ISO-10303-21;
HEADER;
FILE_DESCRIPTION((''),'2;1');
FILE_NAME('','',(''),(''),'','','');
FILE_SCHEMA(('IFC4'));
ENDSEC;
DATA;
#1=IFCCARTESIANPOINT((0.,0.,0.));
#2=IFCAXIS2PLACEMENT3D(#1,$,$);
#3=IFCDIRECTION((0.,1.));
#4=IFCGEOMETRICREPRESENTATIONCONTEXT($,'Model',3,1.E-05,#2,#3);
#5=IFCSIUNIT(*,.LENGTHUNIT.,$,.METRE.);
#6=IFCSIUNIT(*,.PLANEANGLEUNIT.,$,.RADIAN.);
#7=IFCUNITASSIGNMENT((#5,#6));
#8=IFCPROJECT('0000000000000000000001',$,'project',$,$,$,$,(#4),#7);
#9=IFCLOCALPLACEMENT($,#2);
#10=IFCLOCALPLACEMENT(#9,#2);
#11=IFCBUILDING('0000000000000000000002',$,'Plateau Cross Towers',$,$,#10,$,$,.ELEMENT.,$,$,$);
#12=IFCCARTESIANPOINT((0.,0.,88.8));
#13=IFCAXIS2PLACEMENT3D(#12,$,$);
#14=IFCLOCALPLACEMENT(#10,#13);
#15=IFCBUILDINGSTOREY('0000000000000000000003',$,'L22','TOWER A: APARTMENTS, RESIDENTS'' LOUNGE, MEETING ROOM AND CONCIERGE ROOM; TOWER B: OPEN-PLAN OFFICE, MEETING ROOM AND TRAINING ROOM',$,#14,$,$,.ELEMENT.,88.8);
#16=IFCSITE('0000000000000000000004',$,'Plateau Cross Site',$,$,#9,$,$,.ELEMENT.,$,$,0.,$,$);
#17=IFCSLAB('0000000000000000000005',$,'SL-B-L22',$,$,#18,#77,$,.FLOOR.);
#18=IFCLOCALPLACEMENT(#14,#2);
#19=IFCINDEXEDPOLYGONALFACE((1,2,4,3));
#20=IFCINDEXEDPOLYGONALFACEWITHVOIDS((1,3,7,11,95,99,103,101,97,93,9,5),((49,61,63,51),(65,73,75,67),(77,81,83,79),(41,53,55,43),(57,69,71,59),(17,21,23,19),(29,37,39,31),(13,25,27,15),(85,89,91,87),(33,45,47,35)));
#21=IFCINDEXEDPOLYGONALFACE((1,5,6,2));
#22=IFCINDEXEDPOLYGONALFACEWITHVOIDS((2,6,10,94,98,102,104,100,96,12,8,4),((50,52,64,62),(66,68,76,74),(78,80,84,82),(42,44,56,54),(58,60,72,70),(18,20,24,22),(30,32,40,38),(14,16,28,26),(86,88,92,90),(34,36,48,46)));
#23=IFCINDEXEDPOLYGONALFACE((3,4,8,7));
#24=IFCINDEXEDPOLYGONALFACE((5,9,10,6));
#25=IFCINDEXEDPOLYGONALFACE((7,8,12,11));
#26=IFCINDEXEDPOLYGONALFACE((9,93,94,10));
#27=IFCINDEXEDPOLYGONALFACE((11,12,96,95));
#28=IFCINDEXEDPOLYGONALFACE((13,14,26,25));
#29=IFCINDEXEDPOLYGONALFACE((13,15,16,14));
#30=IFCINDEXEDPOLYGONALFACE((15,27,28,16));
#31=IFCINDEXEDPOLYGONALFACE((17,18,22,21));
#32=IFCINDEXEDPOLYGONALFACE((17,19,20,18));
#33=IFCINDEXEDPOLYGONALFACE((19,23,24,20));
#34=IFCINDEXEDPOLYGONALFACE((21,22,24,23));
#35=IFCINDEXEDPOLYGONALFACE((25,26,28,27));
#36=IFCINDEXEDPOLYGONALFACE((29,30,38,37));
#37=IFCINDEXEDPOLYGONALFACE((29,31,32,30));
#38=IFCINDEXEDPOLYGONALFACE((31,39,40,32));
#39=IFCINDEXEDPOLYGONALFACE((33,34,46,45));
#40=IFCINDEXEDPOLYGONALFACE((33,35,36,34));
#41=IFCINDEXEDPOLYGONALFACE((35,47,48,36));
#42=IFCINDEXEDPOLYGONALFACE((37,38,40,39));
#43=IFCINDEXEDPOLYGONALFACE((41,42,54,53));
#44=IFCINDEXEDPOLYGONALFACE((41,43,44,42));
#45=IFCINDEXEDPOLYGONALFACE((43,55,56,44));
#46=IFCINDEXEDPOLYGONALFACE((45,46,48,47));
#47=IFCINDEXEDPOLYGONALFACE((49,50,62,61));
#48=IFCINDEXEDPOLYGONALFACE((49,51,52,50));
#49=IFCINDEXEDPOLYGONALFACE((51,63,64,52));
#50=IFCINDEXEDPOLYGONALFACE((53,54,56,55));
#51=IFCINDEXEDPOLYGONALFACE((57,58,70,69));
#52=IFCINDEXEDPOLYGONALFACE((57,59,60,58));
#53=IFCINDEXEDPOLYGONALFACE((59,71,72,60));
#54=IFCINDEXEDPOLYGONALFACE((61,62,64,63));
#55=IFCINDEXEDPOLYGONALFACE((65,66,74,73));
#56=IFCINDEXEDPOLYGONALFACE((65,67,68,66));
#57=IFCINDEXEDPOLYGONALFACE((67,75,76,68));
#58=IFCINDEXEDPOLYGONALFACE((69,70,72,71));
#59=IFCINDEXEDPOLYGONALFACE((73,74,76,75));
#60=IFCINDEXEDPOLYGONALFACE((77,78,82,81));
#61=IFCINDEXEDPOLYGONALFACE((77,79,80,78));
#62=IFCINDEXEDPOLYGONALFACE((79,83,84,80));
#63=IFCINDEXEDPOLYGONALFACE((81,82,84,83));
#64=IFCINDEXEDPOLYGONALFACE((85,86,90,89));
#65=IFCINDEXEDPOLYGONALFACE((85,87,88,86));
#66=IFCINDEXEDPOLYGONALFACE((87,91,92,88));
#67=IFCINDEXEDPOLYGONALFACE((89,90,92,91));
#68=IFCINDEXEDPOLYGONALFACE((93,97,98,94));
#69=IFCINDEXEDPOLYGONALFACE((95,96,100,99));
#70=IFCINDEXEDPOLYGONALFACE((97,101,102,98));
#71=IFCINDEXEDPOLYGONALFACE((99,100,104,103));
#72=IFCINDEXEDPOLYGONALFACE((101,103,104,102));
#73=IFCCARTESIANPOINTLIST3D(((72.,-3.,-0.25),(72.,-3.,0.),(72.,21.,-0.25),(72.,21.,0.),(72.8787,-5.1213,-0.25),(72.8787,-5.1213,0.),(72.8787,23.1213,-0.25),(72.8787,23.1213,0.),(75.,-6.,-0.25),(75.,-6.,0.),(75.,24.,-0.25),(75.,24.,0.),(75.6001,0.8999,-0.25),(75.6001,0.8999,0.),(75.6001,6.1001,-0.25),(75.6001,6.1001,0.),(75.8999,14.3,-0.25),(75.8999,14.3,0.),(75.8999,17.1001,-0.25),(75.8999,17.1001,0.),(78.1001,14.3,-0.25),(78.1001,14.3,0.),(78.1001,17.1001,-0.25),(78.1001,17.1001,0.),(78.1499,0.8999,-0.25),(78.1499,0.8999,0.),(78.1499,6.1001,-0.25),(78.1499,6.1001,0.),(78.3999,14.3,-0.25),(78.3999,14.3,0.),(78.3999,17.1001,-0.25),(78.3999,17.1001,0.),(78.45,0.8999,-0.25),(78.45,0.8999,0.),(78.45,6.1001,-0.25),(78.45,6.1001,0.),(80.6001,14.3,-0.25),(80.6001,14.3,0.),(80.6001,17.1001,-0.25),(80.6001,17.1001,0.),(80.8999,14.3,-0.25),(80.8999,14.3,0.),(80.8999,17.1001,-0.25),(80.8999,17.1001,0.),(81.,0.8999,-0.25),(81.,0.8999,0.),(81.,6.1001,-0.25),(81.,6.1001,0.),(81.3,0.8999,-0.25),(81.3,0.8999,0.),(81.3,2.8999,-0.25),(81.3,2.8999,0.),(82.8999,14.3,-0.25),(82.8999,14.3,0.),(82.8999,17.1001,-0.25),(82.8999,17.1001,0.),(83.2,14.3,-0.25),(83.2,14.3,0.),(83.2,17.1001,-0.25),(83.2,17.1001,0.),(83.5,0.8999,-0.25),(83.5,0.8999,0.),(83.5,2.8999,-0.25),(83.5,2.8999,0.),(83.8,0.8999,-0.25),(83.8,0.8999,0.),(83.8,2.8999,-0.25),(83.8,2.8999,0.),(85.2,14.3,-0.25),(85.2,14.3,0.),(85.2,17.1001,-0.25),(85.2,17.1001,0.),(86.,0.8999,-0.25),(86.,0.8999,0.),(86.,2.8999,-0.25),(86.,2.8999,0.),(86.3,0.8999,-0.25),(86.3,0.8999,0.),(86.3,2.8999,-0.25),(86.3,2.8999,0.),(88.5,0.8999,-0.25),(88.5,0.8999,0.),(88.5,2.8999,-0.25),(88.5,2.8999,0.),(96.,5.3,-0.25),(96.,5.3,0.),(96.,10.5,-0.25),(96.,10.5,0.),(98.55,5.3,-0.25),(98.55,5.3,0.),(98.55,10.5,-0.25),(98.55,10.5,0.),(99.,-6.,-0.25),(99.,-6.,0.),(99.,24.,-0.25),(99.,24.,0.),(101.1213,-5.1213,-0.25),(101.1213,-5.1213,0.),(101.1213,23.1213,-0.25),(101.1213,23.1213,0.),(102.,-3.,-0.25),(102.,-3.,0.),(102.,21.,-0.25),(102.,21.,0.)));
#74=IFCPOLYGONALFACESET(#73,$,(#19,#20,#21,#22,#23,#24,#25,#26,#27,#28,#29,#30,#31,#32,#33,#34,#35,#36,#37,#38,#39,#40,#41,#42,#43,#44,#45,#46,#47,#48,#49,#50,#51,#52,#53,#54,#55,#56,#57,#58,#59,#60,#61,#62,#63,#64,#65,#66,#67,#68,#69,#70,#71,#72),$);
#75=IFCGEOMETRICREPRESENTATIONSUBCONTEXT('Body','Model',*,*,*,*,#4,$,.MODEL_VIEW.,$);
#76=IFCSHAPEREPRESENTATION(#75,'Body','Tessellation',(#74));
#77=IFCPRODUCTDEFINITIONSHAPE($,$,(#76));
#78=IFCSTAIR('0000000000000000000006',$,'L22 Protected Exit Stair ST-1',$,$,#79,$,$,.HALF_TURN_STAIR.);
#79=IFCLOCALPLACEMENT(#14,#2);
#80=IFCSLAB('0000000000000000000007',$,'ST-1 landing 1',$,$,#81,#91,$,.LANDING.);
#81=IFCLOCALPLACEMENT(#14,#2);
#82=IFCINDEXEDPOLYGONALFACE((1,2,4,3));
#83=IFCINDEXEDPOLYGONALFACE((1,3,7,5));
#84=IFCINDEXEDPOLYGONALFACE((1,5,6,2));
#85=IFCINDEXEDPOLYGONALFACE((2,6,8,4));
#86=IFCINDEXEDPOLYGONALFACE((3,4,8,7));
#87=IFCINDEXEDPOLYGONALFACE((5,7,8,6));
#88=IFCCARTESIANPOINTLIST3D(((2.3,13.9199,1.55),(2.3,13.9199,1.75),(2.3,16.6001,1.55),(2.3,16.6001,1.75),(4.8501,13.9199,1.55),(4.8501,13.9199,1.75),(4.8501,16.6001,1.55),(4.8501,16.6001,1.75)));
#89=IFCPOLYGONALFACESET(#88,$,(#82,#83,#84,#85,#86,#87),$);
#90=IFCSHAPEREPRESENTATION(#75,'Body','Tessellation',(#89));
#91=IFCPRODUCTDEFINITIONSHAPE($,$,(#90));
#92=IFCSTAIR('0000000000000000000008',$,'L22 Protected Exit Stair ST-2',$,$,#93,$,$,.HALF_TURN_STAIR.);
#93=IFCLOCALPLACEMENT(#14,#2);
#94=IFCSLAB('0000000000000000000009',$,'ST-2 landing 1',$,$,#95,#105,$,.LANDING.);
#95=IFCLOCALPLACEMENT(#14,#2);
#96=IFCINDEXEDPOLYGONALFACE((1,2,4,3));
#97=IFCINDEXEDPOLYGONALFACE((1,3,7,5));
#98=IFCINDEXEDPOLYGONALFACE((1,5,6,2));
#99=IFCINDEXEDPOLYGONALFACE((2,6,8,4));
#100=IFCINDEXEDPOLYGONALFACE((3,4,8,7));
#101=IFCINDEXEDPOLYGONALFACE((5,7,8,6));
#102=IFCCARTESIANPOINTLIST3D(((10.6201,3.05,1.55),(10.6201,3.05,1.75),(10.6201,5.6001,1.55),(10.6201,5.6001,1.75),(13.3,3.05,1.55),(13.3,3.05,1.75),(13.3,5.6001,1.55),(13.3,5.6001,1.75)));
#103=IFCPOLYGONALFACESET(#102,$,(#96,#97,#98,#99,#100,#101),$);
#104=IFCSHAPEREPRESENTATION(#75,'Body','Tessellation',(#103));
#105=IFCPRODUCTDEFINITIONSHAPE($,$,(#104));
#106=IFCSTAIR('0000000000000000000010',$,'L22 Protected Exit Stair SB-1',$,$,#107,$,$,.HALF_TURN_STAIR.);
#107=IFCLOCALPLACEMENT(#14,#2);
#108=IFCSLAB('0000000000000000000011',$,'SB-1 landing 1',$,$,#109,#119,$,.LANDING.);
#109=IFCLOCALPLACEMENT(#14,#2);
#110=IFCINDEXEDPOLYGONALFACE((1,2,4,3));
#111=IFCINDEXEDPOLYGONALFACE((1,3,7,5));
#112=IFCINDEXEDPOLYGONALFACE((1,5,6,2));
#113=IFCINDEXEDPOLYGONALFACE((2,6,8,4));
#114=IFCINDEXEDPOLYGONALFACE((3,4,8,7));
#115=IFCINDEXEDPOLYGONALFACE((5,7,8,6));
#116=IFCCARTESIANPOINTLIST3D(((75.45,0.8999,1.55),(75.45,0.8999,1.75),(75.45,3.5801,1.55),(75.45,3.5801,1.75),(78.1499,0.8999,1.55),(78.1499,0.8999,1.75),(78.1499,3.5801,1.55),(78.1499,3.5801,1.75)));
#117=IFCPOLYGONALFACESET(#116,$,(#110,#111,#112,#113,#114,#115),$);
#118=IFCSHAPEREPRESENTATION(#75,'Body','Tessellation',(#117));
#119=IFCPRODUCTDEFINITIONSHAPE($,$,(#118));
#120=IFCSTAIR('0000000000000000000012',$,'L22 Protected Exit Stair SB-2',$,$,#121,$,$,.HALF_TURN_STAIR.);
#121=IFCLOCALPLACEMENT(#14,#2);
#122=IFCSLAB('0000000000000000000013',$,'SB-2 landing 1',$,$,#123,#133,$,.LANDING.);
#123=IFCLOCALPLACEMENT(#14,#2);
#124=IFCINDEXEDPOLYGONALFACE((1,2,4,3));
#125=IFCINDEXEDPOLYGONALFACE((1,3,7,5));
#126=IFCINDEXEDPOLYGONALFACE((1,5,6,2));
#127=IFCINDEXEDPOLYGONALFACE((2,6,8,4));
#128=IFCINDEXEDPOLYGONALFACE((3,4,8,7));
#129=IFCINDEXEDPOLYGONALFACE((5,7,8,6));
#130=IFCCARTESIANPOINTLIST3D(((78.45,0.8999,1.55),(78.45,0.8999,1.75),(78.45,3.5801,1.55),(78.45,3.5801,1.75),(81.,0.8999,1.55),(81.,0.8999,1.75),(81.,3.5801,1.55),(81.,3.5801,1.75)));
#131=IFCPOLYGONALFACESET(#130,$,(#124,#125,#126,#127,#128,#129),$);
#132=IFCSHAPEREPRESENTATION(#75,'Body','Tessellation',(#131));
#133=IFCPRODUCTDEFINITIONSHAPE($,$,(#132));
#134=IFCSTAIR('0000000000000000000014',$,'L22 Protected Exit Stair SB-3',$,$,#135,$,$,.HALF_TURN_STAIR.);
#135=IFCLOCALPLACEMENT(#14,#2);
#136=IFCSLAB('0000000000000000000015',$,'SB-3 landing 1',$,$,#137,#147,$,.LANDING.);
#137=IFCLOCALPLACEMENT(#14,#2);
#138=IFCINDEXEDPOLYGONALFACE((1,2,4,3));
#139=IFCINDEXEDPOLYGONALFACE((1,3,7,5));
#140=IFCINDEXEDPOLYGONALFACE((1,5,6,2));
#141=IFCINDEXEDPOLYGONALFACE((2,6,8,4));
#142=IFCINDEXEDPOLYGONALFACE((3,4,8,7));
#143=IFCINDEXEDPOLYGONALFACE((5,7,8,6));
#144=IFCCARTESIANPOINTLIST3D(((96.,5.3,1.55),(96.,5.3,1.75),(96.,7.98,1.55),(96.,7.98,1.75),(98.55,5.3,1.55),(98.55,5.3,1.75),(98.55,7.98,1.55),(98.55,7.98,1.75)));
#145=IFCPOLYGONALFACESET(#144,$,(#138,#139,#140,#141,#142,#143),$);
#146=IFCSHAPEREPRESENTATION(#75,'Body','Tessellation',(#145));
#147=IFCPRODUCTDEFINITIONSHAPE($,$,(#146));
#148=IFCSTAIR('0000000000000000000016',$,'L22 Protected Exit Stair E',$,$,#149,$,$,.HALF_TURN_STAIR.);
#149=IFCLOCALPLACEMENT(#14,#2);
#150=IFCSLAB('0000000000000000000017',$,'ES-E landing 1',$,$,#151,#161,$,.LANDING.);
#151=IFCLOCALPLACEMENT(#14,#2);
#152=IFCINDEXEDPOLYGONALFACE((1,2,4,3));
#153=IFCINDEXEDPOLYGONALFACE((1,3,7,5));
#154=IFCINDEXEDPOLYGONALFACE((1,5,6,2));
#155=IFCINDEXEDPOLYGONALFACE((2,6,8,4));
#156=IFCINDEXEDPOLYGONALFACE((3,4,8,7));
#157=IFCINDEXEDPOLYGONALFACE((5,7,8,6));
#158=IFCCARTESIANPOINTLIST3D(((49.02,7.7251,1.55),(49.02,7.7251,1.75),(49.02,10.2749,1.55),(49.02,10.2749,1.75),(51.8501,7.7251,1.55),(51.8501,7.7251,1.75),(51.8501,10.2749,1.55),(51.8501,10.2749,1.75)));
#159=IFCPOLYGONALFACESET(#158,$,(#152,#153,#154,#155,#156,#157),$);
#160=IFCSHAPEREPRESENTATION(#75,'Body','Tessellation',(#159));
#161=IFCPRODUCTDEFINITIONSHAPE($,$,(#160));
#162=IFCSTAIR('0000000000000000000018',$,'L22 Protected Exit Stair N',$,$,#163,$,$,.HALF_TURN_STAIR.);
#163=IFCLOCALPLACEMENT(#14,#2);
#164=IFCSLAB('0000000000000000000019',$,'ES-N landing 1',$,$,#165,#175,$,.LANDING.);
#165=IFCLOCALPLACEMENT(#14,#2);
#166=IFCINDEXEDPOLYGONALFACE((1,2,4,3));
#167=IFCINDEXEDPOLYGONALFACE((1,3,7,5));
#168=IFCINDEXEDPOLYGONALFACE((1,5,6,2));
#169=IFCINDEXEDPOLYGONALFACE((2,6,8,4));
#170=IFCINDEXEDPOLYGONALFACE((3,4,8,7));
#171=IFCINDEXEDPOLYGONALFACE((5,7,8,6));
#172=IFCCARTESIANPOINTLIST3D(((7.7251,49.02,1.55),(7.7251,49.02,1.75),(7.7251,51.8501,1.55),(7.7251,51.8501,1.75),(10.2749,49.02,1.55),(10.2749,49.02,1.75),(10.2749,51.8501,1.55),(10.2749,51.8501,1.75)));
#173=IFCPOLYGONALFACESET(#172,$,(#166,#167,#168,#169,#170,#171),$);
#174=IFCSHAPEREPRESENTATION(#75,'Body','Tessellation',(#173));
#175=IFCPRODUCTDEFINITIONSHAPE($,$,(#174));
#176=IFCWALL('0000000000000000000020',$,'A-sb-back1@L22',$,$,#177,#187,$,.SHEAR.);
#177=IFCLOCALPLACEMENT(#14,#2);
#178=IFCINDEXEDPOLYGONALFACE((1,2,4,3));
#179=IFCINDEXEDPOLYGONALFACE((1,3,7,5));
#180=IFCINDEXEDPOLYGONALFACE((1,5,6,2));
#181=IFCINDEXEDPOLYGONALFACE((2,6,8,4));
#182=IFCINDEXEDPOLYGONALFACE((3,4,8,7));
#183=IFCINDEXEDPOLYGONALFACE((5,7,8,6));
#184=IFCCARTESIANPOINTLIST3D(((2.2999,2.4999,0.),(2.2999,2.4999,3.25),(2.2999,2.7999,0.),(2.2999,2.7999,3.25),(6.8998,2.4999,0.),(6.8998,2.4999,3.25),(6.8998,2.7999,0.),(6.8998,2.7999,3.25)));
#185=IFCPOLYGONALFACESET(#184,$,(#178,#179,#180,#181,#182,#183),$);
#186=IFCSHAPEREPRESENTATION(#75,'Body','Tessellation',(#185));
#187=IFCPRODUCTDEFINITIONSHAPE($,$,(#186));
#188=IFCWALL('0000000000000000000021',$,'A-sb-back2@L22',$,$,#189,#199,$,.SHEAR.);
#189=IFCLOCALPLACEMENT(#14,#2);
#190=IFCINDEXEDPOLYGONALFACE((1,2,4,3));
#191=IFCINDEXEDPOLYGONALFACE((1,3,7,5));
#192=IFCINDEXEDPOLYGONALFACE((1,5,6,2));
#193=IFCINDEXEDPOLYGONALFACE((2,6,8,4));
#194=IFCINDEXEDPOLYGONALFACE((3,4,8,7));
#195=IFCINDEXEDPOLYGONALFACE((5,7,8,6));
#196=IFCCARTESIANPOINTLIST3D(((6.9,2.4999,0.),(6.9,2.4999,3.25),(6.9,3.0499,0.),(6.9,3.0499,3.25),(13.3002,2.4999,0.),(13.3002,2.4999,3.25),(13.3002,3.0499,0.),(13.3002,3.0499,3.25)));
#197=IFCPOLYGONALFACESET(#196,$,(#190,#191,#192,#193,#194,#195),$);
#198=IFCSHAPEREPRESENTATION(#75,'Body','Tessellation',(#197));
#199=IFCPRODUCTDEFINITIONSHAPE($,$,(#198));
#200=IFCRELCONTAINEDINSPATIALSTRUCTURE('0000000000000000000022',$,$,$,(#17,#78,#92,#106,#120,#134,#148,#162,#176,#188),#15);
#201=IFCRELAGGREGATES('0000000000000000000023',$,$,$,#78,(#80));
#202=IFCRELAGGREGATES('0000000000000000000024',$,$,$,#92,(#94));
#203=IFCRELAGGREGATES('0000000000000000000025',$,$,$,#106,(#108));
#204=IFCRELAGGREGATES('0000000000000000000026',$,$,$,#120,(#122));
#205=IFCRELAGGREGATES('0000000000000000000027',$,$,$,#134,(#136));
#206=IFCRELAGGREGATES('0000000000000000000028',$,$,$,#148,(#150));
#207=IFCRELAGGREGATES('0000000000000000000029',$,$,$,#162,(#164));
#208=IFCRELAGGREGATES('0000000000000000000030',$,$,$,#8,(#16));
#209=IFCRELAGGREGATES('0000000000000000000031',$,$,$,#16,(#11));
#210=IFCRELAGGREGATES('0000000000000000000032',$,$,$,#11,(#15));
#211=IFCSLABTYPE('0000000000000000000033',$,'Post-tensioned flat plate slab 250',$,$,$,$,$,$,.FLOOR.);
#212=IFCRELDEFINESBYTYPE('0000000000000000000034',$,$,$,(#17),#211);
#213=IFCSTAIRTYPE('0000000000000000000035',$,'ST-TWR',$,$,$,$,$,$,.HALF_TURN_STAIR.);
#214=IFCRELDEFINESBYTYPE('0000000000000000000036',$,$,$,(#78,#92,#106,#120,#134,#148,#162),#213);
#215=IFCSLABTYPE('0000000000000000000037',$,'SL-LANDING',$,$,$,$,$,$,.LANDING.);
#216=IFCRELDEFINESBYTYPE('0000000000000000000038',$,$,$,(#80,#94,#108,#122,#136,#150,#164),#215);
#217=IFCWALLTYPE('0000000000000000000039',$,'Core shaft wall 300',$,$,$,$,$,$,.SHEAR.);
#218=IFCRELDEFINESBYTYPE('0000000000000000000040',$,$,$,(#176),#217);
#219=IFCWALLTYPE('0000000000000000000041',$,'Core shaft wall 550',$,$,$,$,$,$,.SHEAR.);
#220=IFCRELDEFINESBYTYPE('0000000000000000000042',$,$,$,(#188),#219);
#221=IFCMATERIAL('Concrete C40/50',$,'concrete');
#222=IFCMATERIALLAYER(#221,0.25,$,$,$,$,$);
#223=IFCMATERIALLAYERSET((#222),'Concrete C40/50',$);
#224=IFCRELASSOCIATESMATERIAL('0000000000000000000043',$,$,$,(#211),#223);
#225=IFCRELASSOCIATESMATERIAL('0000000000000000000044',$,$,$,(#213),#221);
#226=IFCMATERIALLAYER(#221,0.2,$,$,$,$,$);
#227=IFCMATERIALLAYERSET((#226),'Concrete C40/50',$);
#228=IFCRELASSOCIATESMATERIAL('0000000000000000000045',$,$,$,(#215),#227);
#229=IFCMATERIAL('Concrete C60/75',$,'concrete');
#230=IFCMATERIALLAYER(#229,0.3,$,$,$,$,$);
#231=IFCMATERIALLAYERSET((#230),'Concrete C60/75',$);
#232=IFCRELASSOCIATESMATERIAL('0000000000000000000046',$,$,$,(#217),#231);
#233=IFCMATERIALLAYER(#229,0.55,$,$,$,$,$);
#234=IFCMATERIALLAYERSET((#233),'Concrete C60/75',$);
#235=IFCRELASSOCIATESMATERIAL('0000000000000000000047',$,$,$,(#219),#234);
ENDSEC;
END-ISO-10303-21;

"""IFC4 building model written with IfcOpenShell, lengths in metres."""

from ifc_helpers import new_model, si_unit, direction, frame, frame_2d, origin, place, context, subcontext, project, spatial, polyline, rectangle, outline, extrude, material, layer, layer_set, type_object, element, aggregate, save


model = new_model("IFC4")

# Units and contexts
model_context = context("Model", 3, precision=1e-05, world=origin(), true_north=direction((0.0, 1.0)))
body_context = subcontext(model_context, "Body", "Model", "MODEL_VIEW")
ifc_project = project(units=[si_unit("LENGTHUNIT", "METRE"), si_unit("PLANEANGLEUNIT", "RADIAN")], contexts=[model_context])

# Site, building, storey
site_placement = place(None, origin())
site = spatial("IfcSite", under=ifc_project, at=site_placement, Name="Plateau Cross Site", CompositionType="ELEMENT", RefElevation=0.0)
building_placement = place(site_placement, origin())
building = spatial("IfcBuilding", under=site, at=building_placement, Name="Plateau Cross Towers", CompositionType="ELEMENT")
storey_placement = place(building_placement, frame((0.0, 0.0, 88.8)))
storey = spatial("IfcBuildingStorey", under=building, at=storey_placement, Name="L22", Description="TOWER A: APARTMENTS, RESIDENTS' LOUNGE, MEETING ROOM AND CONCIERGE ROOM; TOWER B: OPEN-PLAN OFFICE, MEETING ROOM AND TRAINING ROOM", CompositionType="ELEMENT", Elevation=88.8)

# Shared definitions
ifc_material_1 = material(Name="Concrete C60/75", Category="concrete")

# Shared definitions
ifc_material_2 = material(Name="Concrete C40/50", Category="concrete")

# Slab
ifc_layer_1 = layer(ifc_material_2, 0.25)
ifc_layer_set_1 = layer_set([ifc_layer_1], Name="Concrete C40/50")
slab_type_1 = type_object("IfcSlabType", Name="Post-tensioned flat plate slab 250", PredefinedType="FLOOR", material=ifc_layer_set_1)
slab_1_placement = place(storey_placement, frame((0.0, 0.0, -0.25)))
element("IfcSlab", 1, at=slab_1_placement, inside=storey, type_object=slab_type_1, Name="SL-B-L22", PredefinedType="FLOOR", context=body_context, shape_type="SweptSolid", body=[
    extrude(outline(polyline([(72.8787, -5.1213), (72.0, -3.0), (72.0, 21.0), (72.8787, 23.1213), (75.0, 24.0), (99.0, 24.0), (101.1213, 23.1213), (102.0, 21.0), (102.0, -3.0), (101.1213, -5.1213), (99.0, -6.0), (75.0, -6.0), (72.8787, -5.1213)]), holes=[polyline([(75.6001, 0.8999), (78.1499, 0.8999), (78.1499, 6.1001), (75.6001, 6.1001), (75.6001, 0.8999)]), polyline([(78.1001, 14.3), (78.1001, 17.1001), (75.8999, 17.1001), (75.8999, 14.3), (78.1001, 14.3)]), polyline([(83.5, 0.8999), (83.5, 2.8999), (81.3, 2.8999), (81.3, 0.8999), (83.5, 0.8999)]), polyline([(86.0, 0.8999), (86.0, 2.8999), (83.8, 2.8999), (83.8, 0.8999), (86.0, 0.8999)]), polyline([(88.5, 0.8999), (88.5, 2.8999), (86.3, 2.8999), (86.3, 0.8999), (88.5, 0.8999)]), polyline([(78.45, 0.8999), (81.0, 0.8999), (81.0, 6.1001), (78.45, 6.1001), (78.45, 0.8999)]), polyline([(96.0, 5.3), (98.55, 5.3), (98.55, 10.5), (96.0, 10.5), (96.0, 5.3)]), polyline([(80.6001, 14.3), (80.6001, 17.1001), (78.3999, 17.1001), (78.3999, 14.3), (80.6001, 14.3)]), polyline([(80.8999, 14.3), (82.8999, 14.3), (82.8999, 17.1001), (80.8999, 17.1001), (80.8999, 14.3)]), polyline([(83.2, 14.3), (85.2, 14.3), (85.2, 17.1001), (83.2, 17.1001), (83.2, 14.3)])]), origin(), (0.0, 0.0, 1.0), 0.25),
])

# Stairs, slabs
stair_type = type_object("IfcStairType", Name="ST-TWR", PredefinedType="HALF_TURN_STAIR", material=ifc_material_2)
stair_1_placement = place(storey_placement, origin())
stair_1 = element("IfcStair", 2, at=stair_1_placement, inside=storey, type_object=stair_type, Name="L22 Protected Exit Stair ST-1", PredefinedType="HALF_TURN_STAIR")
ifc_layer_2 = layer(ifc_material_2, 0.2)
ifc_layer_set_2 = layer_set([ifc_layer_2], Name="Concrete C40/50")
slab_type_2 = type_object("IfcSlabType", Name="SL-LANDING", PredefinedType="LANDING", material=ifc_layer_set_2)
slab_2_placement = place(storey_placement, frame((0.0, 0.0, 1.55)))
slab_2 = element("IfcSlab", 3, at=slab_2_placement, type_object=slab_type_2, Name="ST-1 landing 1", PredefinedType="LANDING", context=body_context, shape_type="SweptSolid", body=[
    extrude(outline(polyline([(4.8501, 13.9199), (4.8501, 16.6001), (2.3, 16.6001), (2.3, 13.9199), (4.8501, 13.9199)])), origin(), (0.0, 0.0, 1.0), 0.2),
])
aggregate(stair_1, [slab_2])
stair_2_placement = place(storey_placement, origin())
stair_2 = element("IfcStair", 4, at=stair_2_placement, inside=storey, type_object=stair_type, Name="L22 Protected Exit Stair ST-2", PredefinedType="HALF_TURN_STAIR")
slab_3_placement = place(storey_placement, frame((0.0, 0.0, 1.55)))
slab_3 = element("IfcSlab", 5, at=slab_3_placement, type_object=slab_type_2, Name="ST-2 landing 1", PredefinedType="LANDING", context=body_context, shape_type="SweptSolid", body=[
    extrude(outline(polyline([(10.6201, 3.05), (13.3, 3.05), (13.3, 5.6001), (10.6201, 5.6001), (10.6201, 3.05)])), origin(), (0.0, 0.0, 1.0), 0.2),
])
aggregate(stair_2, [slab_3])
stair_3_placement = place(storey_placement, origin())
stair_3 = element("IfcStair", 6, at=stair_3_placement, inside=storey, type_object=stair_type, Name="L22 Protected Exit Stair SB-1", PredefinedType="HALF_TURN_STAIR")
slab_4_placement = place(storey_placement, frame((0.0, 0.0, 1.55)))
slab_4 = element("IfcSlab", 7, at=slab_4_placement, type_object=slab_type_2, Name="SB-1 landing 1", PredefinedType="LANDING", context=body_context, shape_type="SweptSolid", body=[
    extrude(outline(polyline([(75.45, 3.5801), (75.45, 0.8999), (78.1499, 0.8999), (78.1499, 3.5801), (75.45, 3.5801)])), origin(), (0.0, 0.0, 1.0), 0.2),
])
aggregate(stair_3, [slab_4])
stair_4_placement = place(storey_placement, origin())
stair_4 = element("IfcStair", 8, at=stair_4_placement, inside=storey, type_object=stair_type, Name="L22 Protected Exit Stair SB-2", PredefinedType="HALF_TURN_STAIR")
slab_5_placement = place(storey_placement, frame((0.0, 0.0, 1.55)))
slab_5 = element("IfcSlab", 9, at=slab_5_placement, type_object=slab_type_2, Name="SB-2 landing 1", PredefinedType="LANDING", context=body_context, shape_type="SweptSolid", body=[
    extrude(outline(polyline([(78.45, 3.5801), (78.45, 0.8999), (81.0, 0.8999), (81.0, 3.5801), (78.45, 3.5801)])), origin(), (0.0, 0.0, 1.0), 0.2),
])
aggregate(stair_4, [slab_5])
stair_5_placement = place(storey_placement, origin())
stair_5 = element("IfcStair", 10, at=stair_5_placement, inside=storey, type_object=stair_type, Name="L22 Protected Exit Stair SB-3", PredefinedType="HALF_TURN_STAIR")
slab_6_placement = place(storey_placement, frame((0.0, 0.0, 1.55)))
slab_6 = element("IfcSlab", 11, at=slab_6_placement, type_object=slab_type_2, Name="SB-3 landing 1", PredefinedType="LANDING", context=body_context, shape_type="SweptSolid", body=[
    extrude(outline(polyline([(96.0, 7.98), (96.0, 5.3), (98.55, 5.3), (98.55, 7.98), (96.0, 7.98)])), origin(), (0.0, 0.0, 1.0), 0.2),
])
aggregate(stair_5, [slab_6])
stair_6_placement = place(storey_placement, origin())
stair_6 = element("IfcStair", 12, at=stair_6_placement, inside=storey, type_object=stair_type, Name="L22 Protected Exit Stair E", PredefinedType="HALF_TURN_STAIR")
slab_7_placement = place(storey_placement, frame((0.0, 0.0, 1.55)))
slab_7 = element("IfcSlab", 13, at=slab_7_placement, type_object=slab_type_2, Name="ES-E landing 1", PredefinedType="LANDING", context=body_context, shape_type="SweptSolid", body=[
    extrude(outline(polyline([(49.02, 7.7251), (51.8501, 7.7251), (51.8501, 10.2749), (49.02, 10.2749), (49.02, 7.7251)])), origin(), (0.0, 0.0, 1.0), 0.2),
])
aggregate(stair_6, [slab_7])
stair_7_placement = place(storey_placement, origin())
stair_7 = element("IfcStair", 14, at=stair_7_placement, inside=storey, type_object=stair_type, Name="L22 Protected Exit Stair N", PredefinedType="HALF_TURN_STAIR")
slab_8_placement = place(storey_placement, frame((0.0, 0.0, 1.55)))
slab_8 = element("IfcSlab", 15, at=slab_8_placement, type_object=slab_type_2, Name="ES-N landing 1", PredefinedType="LANDING", context=body_context, shape_type="SweptSolid", body=[
    extrude(outline(polyline([(10.2749, 49.02), (10.2749, 51.8501), (7.7251, 51.8501), (7.7251, 49.02), (10.2749, 49.02)])), origin(), (0.0, 0.0, 1.0), 0.2),
])
aggregate(stair_7, [slab_8])

# Walls
ifc_layer_3 = layer(ifc_material_1, 0.3)
ifc_layer_set_3 = layer_set([ifc_layer_3], Name="Concrete C60/75")
wall_type_1 = type_object("IfcWallType", Name="Core shaft wall 300", PredefinedType="SHEAR", material=ifc_layer_set_3)
wall_1_placement = place(storey_placement, frame((2.3, 2.6499, 0.0), z_axis=(0.0, 0.0, 1.0), x_axis=(1.0, 0.0, 0.0)))
element("IfcWall", 16, at=wall_1_placement, inside=storey, type_object=wall_type_1, Name="A-sb-back1@L22", PredefinedType="SHEAR", context=body_context, shape_type="SweptSolid", body=[
    extrude(rectangle(XDim=4.5999, YDim=0.3, at=frame_2d((2.2998, 0.0))), origin(), (0.0, 0.0, 1.0), 3.25),
])
ifc_layer_4 = layer(ifc_material_1, 0.55)
ifc_layer_set_4 = layer_set([ifc_layer_4], Name="Concrete C60/75")
wall_type_2 = type_object("IfcWallType", Name="Core shaft wall 550", PredefinedType="SHEAR", material=ifc_layer_set_4)
wall_2_placement = place(storey_placement, frame((6.8999, 2.7749, 0.0), z_axis=(0.0, 0.0, 1.0), x_axis=(1.0, 0.0, 0.0)))
element("IfcWall", 17, at=wall_2_placement, inside=storey, type_object=wall_type_2, Name="A-sb-back2@L22", PredefinedType="SHEAR", context=body_context, shape_type="SweptSolid", body=[
    extrude(rectangle(XDim=6.4001, YDim=0.55, at=frame_2d((3.2002, 0.0))), origin(), (0.0, 0.0, 1.0), 3.25),
])

save(model, "model.ifc")
